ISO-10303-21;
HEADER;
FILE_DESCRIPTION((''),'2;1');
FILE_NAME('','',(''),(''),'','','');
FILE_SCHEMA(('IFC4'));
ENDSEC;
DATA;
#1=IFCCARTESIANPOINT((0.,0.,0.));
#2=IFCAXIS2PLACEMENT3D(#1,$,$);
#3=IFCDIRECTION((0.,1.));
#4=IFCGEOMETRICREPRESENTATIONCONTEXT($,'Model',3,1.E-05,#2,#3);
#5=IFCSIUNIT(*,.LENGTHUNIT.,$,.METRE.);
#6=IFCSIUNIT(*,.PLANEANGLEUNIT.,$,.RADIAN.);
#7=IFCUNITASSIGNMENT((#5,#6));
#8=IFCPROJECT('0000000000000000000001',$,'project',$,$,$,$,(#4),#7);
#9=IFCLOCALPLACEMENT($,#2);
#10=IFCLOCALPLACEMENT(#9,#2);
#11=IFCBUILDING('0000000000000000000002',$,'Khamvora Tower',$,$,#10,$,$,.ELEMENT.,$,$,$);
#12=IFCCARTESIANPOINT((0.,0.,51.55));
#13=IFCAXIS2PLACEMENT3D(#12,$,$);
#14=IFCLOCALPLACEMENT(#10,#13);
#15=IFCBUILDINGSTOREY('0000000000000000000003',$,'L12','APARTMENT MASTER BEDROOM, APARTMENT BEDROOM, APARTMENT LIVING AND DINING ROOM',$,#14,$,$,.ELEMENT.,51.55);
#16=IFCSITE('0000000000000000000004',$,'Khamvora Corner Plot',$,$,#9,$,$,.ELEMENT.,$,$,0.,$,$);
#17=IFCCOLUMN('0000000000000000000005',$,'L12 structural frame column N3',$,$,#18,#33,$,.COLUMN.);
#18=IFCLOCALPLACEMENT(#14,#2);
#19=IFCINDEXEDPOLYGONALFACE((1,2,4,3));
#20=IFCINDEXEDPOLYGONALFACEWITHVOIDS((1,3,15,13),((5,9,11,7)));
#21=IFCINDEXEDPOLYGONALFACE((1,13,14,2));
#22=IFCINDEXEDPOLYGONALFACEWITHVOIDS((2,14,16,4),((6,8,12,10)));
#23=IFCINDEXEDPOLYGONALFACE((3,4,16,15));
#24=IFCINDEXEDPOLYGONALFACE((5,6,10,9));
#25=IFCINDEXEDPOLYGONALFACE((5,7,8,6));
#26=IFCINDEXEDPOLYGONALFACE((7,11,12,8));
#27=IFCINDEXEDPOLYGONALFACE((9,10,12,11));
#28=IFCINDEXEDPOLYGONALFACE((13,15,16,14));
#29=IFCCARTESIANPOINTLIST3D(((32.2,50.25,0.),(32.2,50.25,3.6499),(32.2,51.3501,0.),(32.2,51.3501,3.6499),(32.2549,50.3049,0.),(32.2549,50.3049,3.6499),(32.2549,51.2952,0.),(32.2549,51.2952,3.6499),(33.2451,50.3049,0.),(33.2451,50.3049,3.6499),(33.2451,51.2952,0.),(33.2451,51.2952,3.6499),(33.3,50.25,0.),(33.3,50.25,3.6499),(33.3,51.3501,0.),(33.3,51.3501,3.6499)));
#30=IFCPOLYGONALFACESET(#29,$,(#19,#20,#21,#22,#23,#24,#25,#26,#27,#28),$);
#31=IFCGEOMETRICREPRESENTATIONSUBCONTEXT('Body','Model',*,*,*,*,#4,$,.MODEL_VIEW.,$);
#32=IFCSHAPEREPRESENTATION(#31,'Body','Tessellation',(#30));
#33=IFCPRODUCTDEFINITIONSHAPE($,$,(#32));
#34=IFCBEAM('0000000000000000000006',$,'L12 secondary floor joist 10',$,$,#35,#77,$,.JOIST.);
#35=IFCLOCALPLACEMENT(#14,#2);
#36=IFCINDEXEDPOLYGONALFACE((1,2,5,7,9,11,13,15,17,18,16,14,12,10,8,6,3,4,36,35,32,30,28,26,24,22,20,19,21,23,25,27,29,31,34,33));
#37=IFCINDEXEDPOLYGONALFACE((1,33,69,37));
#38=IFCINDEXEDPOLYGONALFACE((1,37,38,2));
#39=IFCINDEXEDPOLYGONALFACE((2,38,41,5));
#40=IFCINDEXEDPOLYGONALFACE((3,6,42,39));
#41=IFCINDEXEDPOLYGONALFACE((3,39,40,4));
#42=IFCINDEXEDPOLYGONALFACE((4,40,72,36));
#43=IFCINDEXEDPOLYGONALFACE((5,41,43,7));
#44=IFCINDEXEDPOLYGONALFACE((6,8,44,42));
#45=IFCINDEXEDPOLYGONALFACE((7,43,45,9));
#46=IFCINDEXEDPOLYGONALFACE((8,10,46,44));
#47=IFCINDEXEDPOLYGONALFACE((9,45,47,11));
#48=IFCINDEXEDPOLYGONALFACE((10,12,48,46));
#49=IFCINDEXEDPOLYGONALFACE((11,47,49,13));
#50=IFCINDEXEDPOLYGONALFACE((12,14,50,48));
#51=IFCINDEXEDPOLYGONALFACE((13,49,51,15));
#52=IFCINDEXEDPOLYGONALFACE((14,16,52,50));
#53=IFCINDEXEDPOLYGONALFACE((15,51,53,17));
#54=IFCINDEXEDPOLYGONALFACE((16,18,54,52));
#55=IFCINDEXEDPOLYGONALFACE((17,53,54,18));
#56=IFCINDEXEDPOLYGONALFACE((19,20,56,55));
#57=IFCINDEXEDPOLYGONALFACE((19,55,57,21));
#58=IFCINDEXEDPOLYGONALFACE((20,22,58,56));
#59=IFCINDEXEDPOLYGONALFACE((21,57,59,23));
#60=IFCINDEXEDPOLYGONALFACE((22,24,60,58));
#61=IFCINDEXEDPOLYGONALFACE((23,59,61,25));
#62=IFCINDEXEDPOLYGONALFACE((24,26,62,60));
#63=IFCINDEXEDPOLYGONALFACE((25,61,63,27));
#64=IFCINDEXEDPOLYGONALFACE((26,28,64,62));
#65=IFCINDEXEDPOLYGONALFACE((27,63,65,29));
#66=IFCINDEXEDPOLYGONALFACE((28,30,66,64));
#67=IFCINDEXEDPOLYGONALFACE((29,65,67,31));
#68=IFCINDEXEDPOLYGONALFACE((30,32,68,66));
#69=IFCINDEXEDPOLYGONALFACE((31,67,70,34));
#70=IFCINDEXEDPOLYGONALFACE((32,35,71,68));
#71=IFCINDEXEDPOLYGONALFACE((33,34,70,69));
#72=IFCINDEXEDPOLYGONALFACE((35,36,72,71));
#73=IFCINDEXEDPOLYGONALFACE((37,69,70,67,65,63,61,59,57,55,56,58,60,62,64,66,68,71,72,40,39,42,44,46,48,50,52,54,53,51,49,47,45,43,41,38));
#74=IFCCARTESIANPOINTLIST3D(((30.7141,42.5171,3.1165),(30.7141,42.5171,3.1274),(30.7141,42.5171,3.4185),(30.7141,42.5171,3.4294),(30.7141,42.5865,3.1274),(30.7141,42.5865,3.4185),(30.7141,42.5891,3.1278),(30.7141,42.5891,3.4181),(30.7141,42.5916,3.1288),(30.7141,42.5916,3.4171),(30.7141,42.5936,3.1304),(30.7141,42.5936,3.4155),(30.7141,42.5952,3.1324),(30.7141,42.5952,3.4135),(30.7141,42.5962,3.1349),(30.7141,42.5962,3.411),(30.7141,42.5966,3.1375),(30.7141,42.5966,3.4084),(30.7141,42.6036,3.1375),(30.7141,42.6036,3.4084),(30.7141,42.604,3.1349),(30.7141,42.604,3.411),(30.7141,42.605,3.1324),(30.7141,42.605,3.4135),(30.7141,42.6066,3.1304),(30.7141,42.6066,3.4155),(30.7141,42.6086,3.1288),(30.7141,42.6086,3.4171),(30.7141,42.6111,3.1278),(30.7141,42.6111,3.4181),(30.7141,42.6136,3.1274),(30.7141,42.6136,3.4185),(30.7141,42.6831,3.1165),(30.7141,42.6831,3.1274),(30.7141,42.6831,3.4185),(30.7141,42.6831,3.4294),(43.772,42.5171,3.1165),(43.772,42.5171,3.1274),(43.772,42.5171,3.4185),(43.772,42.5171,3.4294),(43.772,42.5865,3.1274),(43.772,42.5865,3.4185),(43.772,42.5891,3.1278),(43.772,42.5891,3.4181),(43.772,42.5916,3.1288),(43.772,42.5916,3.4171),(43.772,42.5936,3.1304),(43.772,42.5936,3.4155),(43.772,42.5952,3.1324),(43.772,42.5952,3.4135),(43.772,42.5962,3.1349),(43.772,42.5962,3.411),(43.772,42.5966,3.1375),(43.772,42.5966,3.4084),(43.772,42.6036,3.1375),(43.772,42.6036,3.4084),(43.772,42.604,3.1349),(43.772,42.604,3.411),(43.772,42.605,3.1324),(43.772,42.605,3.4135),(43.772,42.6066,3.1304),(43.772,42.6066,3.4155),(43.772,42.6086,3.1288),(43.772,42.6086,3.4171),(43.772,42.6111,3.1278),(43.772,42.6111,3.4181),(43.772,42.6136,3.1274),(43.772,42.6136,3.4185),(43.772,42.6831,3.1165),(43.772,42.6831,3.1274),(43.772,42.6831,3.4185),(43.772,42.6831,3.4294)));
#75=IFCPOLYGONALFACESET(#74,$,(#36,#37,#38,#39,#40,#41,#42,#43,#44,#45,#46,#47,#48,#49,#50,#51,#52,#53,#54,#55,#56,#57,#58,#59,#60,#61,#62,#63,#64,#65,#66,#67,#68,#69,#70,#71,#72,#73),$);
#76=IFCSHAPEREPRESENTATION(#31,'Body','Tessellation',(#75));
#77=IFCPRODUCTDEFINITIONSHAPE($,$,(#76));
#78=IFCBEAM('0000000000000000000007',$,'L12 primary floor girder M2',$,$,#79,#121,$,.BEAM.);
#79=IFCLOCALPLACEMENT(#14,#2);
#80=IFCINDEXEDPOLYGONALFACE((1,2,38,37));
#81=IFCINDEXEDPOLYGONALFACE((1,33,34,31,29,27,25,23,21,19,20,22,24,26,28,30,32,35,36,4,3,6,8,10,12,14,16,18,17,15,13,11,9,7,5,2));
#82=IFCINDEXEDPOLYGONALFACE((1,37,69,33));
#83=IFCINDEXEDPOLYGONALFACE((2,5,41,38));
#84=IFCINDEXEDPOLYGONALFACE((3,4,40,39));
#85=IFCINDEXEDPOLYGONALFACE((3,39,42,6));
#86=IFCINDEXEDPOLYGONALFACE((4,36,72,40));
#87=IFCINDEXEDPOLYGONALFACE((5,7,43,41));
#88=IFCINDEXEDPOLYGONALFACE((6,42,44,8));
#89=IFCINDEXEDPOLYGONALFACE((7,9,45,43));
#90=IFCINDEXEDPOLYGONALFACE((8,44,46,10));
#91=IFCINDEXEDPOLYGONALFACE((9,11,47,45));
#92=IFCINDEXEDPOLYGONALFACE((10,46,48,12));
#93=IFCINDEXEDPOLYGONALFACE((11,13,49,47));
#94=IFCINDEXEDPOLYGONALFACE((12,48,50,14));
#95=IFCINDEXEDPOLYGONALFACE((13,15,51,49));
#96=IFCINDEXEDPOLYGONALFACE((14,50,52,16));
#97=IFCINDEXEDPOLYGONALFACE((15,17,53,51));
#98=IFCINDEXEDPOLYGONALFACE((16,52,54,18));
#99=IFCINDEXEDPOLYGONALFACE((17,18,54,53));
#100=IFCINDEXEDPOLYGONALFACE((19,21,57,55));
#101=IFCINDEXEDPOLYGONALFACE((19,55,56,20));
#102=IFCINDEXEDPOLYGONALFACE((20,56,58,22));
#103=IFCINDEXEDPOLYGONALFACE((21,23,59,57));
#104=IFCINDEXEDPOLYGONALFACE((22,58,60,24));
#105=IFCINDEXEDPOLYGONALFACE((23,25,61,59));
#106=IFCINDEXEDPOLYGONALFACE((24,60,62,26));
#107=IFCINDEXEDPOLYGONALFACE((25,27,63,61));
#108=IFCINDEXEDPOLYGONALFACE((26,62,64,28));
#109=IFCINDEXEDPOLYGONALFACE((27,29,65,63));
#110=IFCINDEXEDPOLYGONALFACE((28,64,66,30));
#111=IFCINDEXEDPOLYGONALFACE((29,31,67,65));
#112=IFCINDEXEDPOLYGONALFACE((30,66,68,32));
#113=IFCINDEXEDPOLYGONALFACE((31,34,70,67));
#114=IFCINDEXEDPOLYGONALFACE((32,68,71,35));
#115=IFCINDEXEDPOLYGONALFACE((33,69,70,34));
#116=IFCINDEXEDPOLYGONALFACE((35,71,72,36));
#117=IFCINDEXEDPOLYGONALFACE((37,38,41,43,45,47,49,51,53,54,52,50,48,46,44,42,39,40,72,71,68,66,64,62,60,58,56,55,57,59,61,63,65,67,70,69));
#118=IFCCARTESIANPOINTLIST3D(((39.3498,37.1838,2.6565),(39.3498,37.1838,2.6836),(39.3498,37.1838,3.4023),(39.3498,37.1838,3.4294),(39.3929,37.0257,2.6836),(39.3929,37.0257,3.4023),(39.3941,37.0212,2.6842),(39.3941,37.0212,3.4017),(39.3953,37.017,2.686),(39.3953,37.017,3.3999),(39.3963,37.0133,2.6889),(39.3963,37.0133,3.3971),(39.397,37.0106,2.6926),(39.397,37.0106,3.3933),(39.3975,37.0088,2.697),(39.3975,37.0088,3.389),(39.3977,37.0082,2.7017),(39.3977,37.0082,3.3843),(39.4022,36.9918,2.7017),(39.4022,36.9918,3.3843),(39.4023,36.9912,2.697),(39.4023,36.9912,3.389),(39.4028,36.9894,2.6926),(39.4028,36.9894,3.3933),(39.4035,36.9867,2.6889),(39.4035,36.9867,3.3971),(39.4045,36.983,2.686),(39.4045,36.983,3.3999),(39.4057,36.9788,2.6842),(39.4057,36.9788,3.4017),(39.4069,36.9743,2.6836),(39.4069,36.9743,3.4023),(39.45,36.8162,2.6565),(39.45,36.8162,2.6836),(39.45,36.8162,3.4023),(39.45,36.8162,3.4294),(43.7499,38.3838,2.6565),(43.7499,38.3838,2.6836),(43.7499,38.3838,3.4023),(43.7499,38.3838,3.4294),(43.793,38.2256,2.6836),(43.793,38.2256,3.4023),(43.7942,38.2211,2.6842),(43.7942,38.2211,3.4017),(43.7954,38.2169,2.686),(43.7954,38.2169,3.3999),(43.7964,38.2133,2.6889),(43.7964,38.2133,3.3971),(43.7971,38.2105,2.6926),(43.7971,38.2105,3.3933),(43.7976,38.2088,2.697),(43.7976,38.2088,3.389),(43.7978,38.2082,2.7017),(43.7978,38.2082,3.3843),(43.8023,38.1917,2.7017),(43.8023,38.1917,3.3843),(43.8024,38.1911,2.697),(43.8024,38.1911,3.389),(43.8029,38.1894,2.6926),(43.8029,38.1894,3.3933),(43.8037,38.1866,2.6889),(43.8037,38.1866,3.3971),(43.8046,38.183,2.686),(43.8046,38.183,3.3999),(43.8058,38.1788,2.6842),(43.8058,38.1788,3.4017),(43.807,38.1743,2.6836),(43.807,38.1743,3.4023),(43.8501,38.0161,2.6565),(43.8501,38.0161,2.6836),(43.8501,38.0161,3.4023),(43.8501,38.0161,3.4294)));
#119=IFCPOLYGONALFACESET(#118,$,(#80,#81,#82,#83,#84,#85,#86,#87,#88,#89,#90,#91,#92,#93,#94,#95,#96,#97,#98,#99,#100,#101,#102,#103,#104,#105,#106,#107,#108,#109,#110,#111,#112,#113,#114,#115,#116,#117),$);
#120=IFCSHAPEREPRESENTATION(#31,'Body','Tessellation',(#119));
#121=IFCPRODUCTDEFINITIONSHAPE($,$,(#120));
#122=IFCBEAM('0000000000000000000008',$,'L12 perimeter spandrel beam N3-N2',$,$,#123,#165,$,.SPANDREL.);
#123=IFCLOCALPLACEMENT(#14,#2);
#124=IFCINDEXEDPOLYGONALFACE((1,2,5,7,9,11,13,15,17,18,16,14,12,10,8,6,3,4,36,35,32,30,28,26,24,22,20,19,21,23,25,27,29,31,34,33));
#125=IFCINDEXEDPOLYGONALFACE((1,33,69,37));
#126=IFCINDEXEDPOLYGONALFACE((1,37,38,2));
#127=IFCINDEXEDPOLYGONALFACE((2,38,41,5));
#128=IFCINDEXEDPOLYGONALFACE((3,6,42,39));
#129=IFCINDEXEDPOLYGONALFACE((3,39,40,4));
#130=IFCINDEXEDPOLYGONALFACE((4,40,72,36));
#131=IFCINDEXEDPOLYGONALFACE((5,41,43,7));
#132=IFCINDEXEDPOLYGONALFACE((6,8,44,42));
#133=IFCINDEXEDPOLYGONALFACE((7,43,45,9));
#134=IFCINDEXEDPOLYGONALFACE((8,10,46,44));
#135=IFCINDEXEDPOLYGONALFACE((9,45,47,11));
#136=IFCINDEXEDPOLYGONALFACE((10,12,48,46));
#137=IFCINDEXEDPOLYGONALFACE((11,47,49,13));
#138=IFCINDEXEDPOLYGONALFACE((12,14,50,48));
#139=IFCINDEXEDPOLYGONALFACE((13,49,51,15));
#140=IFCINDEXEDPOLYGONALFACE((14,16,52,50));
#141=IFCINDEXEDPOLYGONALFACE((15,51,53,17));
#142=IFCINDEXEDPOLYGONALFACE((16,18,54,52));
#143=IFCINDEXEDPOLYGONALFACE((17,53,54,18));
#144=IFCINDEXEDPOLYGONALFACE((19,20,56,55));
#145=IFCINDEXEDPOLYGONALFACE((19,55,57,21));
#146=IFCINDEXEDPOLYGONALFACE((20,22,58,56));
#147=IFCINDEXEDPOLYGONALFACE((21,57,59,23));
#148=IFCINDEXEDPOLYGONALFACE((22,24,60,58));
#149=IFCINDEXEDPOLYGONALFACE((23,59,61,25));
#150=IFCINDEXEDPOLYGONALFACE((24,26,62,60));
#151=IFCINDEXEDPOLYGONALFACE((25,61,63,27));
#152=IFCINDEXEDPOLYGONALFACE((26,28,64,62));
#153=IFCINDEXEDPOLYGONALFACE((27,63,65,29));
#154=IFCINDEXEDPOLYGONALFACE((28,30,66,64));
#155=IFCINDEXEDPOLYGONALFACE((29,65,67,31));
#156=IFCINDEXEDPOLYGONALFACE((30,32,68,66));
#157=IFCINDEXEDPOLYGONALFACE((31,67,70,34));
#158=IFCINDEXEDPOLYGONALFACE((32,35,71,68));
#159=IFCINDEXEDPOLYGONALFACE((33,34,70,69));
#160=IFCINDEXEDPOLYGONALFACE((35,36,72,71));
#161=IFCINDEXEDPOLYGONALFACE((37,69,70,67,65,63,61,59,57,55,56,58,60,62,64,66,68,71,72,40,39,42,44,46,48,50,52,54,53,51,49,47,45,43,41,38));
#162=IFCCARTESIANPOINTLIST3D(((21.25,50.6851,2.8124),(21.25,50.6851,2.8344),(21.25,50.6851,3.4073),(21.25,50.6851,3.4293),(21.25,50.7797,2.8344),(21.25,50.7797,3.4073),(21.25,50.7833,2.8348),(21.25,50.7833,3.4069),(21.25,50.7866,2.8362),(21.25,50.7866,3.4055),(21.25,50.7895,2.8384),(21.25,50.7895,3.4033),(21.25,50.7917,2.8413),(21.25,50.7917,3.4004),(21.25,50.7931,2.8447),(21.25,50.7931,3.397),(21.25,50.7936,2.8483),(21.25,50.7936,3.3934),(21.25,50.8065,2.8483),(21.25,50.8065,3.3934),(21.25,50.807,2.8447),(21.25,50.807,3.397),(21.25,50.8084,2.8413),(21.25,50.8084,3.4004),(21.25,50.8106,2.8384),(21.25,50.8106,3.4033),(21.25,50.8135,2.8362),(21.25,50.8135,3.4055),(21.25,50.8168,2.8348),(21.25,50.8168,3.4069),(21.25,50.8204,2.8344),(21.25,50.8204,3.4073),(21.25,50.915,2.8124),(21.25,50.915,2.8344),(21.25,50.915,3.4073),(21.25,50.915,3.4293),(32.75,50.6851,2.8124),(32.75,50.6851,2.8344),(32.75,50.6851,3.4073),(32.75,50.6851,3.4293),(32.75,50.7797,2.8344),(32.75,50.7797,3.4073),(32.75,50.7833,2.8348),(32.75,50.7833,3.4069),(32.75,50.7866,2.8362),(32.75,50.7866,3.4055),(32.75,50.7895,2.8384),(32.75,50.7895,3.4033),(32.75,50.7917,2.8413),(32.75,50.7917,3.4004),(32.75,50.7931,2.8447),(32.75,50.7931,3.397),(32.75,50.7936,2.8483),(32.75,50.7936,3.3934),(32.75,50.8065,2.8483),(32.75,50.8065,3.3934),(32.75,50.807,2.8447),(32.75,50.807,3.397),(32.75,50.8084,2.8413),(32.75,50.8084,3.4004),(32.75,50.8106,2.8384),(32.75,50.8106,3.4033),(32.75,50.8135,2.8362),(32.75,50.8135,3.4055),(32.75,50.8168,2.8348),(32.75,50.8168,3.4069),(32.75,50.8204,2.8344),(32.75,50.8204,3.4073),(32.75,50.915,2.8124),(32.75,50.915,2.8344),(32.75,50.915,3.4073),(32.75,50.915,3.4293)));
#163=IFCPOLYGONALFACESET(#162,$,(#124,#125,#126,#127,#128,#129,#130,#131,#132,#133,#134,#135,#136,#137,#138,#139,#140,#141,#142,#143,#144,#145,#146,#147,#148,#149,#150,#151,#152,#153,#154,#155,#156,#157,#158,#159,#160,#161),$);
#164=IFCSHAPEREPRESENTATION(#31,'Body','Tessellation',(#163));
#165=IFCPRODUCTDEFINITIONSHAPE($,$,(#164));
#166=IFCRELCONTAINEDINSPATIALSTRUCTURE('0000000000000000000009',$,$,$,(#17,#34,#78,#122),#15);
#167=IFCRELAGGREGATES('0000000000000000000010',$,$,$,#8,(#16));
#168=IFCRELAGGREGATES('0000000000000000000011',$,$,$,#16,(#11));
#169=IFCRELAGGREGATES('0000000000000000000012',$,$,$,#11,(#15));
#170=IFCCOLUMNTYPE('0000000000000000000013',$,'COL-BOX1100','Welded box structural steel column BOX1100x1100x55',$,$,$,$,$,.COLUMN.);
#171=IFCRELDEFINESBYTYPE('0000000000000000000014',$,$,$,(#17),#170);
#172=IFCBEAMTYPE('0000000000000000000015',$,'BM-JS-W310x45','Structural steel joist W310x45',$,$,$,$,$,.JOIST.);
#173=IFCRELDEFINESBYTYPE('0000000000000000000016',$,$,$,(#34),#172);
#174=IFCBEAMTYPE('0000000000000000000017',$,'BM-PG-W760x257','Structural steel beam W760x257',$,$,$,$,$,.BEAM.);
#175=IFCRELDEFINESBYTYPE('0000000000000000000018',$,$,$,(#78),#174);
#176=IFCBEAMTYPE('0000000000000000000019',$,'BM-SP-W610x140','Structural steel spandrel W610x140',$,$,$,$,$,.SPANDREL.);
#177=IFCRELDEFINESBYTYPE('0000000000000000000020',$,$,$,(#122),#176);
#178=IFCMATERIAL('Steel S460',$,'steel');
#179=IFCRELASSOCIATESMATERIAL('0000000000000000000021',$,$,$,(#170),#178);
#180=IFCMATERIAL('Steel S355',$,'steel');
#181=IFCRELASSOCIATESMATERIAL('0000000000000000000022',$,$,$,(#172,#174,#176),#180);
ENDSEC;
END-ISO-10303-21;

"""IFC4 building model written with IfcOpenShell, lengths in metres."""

from ifc_helpers import new_model, si_unit, direction, frame, origin, origin_2d, place, context, subcontext, project, spatial, hollow_rectangle, i_section, extrude, material, material_profile, profile_set, type_object, element, save


model = new_model("IFC4")

# Units and contexts
model_context = context("Model", 3, precision=1e-05, world=origin(), true_north=direction((0.0, 1.0)))
body_context = subcontext(model_context, "Body", "Model", "MODEL_VIEW")
ifc_project = project(units=[si_unit("LENGTHUNIT", "METRE"), si_unit("PLANEANGLEUNIT", "RADIAN")], contexts=[model_context])

# Site, building, storey
site_placement = place(None, origin())
site = spatial("IfcSite", under=ifc_project, at=site_placement, Name="Khamvora Corner Plot", CompositionType="ELEMENT", RefElevation=0.0)
building_placement = place(site_placement, origin())
building = spatial("IfcBuilding", under=site, at=building_placement, Name="Khamvora Tower", CompositionType="ELEMENT")
storey_placement = place(building_placement, frame((0.0, 0.0, 51.55)))
storey = spatial("IfcBuildingStorey", under=building, at=storey_placement, Name="L12", Description="APARTMENT MASTER BEDROOM, APARTMENT BEDROOM, APARTMENT LIVING AND DINING ROOM", CompositionType="ELEMENT", Elevation=51.55)

# Column
ifc_material_1 = material(Name="Steel S460", Category="steel")
ifc_material_profile_1 = material_profile(ifc_material_1, hollow_rectangle(XDim=1.1001, YDim=1.1001, WallThickness=0.0549, at=origin_2d()), Name="BOX1100x1100x55")
ifc_profile_set_1 = profile_set([ifc_material_profile_1], Name="Steel S460")
column_type = type_object("IfcColumnType", Name="COL-BOX1100", Description="Welded box structural steel column BOX1100x1100x55", PredefinedType="COLUMN", material=ifc_profile_set_1)
column_placement = place(storey_placement, frame((32.75, 50.8, 0.0), z_axis=(0.0, 0.0, 1.0), x_axis=(1.0, 0.0, 0.0)))
element("IfcColumn", 1, at=column_placement, inside=storey, type_object=column_type, Name="L12 structural frame column N3", PredefinedType="COLUMN", context=body_context, shape_type="SweptSolid", body=[
    extrude(hollow_rectangle(XDim=1.1001, YDim=1.1001, WallThickness=0.0549, at=origin_2d()), origin(), (0.0, 0.0, 1.0), 3.6499),
])

# Beams
ifc_material_2 = material(Name="Steel S355", Category="steel")
ifc_material_profile_2 = material_profile(ifc_material_2, i_section(OverallWidth=0.166, OverallDepth=0.313, WebThickness=0.0071, FlangeThickness=0.011, FilletRadius=0.01, at=origin_2d()), Name="W310x45")
ifc_profile_set_2 = profile_set([ifc_material_profile_2], Name="Steel S355")
beam_type_1 = type_object("IfcBeamType", Name="BM-JS-W310x45", Description="Structural steel joist W310x45", PredefinedType="JOIST", material=ifc_profile_set_2)
beam_1_placement = place(storey_placement, frame((30.7141, 42.6001, 3.2729), z_axis=(1.0, 0.0, 0.0), x_axis=(0.0, 1.0, 0.0)))
element("IfcBeam", 2, at=beam_1_placement, inside=storey, type_object=beam_type_1, Name="L12 secondary floor joist 10", PredefinedType="JOIST", context=body_context, shape_type="SweptSolid", body=[
    extrude(i_section(OverallWidth=0.166, OverallDepth=0.313, WebThickness=0.0071, FlangeThickness=0.011, FilletRadius=0.01, at=origin_2d()), origin(), (0.0, 0.0, 1.0), 13.0579),
])
ifc_material_profile_3 = material_profile(ifc_material_2, i_section(OverallWidth=0.3811, OverallDepth=0.7729, WebThickness=0.0171, FlangeThickness=0.0271, FilletRadius=0.0181, at=origin_2d()), Name="W760x257")
ifc_profile_set_3 = profile_set([ifc_material_profile_3], Name="Steel S355")
beam_type_2 = type_object("IfcBeamType", Name="BM-PG-W760x257", Description="Structural steel beam W760x257", PredefinedType="BEAM", material=ifc_profile_set_3)
beam_2_placement = place(storey_placement, frame((39.3999, 37.0, 3.043), z_axis=(0.964769, 0.263099, 0.0), x_axis=(-0.263099, 0.964769, 0.0)))
element("IfcBeam", 3, at=beam_2_placement, inside=storey, type_object=beam_type_2, Name="L12 primary floor girder M2", PredefinedType="BEAM", context=body_context, shape_type="SweptSolid", body=[
    extrude(i_section(OverallWidth=0.3811, OverallDepth=0.7729, WebThickness=0.0171, FlangeThickness=0.0271, FilletRadius=0.0181, at=origin_2d()), origin(), (0.0, 0.0, 1.0), 4.5608),
])
ifc_material_profile_4 = material_profile(ifc_material_2, i_section(OverallWidth=0.23, OverallDepth=0.6169, WebThickness=0.0129, FlangeThickness=0.022, FilletRadius=0.0139, at=origin_2d()), Name="W610x140")
ifc_profile_set_4 = profile_set([ifc_material_profile_4], Name="Steel S355")
beam_type_3 = type_object("IfcBeamType", Name="BM-SP-W610x140", Description="Structural steel spandrel W610x140", PredefinedType="SPANDREL", material=ifc_profile_set_4)
beam_3_placement = place(storey_placement, frame((32.75, 50.8, 3.1208), z_axis=(-1.0, 0.0, 0.0), x_axis=(0.0, -1.0, 0.0)))
element("IfcBeam", 4, at=beam_3_placement, inside=storey, type_object=beam_type_3, Name="L12 perimeter spandrel beam N3-N2", PredefinedType="SPANDREL", context=body_context, shape_type="SweptSolid", body=[
    extrude(i_section(OverallWidth=0.23, OverallDepth=0.6169, WebThickness=0.0129, FlangeThickness=0.022, FilletRadius=0.0139, at=origin_2d()), origin(), (0.0, 0.0, 1.0), 11.5),
])

save(model, "model.ifc")
